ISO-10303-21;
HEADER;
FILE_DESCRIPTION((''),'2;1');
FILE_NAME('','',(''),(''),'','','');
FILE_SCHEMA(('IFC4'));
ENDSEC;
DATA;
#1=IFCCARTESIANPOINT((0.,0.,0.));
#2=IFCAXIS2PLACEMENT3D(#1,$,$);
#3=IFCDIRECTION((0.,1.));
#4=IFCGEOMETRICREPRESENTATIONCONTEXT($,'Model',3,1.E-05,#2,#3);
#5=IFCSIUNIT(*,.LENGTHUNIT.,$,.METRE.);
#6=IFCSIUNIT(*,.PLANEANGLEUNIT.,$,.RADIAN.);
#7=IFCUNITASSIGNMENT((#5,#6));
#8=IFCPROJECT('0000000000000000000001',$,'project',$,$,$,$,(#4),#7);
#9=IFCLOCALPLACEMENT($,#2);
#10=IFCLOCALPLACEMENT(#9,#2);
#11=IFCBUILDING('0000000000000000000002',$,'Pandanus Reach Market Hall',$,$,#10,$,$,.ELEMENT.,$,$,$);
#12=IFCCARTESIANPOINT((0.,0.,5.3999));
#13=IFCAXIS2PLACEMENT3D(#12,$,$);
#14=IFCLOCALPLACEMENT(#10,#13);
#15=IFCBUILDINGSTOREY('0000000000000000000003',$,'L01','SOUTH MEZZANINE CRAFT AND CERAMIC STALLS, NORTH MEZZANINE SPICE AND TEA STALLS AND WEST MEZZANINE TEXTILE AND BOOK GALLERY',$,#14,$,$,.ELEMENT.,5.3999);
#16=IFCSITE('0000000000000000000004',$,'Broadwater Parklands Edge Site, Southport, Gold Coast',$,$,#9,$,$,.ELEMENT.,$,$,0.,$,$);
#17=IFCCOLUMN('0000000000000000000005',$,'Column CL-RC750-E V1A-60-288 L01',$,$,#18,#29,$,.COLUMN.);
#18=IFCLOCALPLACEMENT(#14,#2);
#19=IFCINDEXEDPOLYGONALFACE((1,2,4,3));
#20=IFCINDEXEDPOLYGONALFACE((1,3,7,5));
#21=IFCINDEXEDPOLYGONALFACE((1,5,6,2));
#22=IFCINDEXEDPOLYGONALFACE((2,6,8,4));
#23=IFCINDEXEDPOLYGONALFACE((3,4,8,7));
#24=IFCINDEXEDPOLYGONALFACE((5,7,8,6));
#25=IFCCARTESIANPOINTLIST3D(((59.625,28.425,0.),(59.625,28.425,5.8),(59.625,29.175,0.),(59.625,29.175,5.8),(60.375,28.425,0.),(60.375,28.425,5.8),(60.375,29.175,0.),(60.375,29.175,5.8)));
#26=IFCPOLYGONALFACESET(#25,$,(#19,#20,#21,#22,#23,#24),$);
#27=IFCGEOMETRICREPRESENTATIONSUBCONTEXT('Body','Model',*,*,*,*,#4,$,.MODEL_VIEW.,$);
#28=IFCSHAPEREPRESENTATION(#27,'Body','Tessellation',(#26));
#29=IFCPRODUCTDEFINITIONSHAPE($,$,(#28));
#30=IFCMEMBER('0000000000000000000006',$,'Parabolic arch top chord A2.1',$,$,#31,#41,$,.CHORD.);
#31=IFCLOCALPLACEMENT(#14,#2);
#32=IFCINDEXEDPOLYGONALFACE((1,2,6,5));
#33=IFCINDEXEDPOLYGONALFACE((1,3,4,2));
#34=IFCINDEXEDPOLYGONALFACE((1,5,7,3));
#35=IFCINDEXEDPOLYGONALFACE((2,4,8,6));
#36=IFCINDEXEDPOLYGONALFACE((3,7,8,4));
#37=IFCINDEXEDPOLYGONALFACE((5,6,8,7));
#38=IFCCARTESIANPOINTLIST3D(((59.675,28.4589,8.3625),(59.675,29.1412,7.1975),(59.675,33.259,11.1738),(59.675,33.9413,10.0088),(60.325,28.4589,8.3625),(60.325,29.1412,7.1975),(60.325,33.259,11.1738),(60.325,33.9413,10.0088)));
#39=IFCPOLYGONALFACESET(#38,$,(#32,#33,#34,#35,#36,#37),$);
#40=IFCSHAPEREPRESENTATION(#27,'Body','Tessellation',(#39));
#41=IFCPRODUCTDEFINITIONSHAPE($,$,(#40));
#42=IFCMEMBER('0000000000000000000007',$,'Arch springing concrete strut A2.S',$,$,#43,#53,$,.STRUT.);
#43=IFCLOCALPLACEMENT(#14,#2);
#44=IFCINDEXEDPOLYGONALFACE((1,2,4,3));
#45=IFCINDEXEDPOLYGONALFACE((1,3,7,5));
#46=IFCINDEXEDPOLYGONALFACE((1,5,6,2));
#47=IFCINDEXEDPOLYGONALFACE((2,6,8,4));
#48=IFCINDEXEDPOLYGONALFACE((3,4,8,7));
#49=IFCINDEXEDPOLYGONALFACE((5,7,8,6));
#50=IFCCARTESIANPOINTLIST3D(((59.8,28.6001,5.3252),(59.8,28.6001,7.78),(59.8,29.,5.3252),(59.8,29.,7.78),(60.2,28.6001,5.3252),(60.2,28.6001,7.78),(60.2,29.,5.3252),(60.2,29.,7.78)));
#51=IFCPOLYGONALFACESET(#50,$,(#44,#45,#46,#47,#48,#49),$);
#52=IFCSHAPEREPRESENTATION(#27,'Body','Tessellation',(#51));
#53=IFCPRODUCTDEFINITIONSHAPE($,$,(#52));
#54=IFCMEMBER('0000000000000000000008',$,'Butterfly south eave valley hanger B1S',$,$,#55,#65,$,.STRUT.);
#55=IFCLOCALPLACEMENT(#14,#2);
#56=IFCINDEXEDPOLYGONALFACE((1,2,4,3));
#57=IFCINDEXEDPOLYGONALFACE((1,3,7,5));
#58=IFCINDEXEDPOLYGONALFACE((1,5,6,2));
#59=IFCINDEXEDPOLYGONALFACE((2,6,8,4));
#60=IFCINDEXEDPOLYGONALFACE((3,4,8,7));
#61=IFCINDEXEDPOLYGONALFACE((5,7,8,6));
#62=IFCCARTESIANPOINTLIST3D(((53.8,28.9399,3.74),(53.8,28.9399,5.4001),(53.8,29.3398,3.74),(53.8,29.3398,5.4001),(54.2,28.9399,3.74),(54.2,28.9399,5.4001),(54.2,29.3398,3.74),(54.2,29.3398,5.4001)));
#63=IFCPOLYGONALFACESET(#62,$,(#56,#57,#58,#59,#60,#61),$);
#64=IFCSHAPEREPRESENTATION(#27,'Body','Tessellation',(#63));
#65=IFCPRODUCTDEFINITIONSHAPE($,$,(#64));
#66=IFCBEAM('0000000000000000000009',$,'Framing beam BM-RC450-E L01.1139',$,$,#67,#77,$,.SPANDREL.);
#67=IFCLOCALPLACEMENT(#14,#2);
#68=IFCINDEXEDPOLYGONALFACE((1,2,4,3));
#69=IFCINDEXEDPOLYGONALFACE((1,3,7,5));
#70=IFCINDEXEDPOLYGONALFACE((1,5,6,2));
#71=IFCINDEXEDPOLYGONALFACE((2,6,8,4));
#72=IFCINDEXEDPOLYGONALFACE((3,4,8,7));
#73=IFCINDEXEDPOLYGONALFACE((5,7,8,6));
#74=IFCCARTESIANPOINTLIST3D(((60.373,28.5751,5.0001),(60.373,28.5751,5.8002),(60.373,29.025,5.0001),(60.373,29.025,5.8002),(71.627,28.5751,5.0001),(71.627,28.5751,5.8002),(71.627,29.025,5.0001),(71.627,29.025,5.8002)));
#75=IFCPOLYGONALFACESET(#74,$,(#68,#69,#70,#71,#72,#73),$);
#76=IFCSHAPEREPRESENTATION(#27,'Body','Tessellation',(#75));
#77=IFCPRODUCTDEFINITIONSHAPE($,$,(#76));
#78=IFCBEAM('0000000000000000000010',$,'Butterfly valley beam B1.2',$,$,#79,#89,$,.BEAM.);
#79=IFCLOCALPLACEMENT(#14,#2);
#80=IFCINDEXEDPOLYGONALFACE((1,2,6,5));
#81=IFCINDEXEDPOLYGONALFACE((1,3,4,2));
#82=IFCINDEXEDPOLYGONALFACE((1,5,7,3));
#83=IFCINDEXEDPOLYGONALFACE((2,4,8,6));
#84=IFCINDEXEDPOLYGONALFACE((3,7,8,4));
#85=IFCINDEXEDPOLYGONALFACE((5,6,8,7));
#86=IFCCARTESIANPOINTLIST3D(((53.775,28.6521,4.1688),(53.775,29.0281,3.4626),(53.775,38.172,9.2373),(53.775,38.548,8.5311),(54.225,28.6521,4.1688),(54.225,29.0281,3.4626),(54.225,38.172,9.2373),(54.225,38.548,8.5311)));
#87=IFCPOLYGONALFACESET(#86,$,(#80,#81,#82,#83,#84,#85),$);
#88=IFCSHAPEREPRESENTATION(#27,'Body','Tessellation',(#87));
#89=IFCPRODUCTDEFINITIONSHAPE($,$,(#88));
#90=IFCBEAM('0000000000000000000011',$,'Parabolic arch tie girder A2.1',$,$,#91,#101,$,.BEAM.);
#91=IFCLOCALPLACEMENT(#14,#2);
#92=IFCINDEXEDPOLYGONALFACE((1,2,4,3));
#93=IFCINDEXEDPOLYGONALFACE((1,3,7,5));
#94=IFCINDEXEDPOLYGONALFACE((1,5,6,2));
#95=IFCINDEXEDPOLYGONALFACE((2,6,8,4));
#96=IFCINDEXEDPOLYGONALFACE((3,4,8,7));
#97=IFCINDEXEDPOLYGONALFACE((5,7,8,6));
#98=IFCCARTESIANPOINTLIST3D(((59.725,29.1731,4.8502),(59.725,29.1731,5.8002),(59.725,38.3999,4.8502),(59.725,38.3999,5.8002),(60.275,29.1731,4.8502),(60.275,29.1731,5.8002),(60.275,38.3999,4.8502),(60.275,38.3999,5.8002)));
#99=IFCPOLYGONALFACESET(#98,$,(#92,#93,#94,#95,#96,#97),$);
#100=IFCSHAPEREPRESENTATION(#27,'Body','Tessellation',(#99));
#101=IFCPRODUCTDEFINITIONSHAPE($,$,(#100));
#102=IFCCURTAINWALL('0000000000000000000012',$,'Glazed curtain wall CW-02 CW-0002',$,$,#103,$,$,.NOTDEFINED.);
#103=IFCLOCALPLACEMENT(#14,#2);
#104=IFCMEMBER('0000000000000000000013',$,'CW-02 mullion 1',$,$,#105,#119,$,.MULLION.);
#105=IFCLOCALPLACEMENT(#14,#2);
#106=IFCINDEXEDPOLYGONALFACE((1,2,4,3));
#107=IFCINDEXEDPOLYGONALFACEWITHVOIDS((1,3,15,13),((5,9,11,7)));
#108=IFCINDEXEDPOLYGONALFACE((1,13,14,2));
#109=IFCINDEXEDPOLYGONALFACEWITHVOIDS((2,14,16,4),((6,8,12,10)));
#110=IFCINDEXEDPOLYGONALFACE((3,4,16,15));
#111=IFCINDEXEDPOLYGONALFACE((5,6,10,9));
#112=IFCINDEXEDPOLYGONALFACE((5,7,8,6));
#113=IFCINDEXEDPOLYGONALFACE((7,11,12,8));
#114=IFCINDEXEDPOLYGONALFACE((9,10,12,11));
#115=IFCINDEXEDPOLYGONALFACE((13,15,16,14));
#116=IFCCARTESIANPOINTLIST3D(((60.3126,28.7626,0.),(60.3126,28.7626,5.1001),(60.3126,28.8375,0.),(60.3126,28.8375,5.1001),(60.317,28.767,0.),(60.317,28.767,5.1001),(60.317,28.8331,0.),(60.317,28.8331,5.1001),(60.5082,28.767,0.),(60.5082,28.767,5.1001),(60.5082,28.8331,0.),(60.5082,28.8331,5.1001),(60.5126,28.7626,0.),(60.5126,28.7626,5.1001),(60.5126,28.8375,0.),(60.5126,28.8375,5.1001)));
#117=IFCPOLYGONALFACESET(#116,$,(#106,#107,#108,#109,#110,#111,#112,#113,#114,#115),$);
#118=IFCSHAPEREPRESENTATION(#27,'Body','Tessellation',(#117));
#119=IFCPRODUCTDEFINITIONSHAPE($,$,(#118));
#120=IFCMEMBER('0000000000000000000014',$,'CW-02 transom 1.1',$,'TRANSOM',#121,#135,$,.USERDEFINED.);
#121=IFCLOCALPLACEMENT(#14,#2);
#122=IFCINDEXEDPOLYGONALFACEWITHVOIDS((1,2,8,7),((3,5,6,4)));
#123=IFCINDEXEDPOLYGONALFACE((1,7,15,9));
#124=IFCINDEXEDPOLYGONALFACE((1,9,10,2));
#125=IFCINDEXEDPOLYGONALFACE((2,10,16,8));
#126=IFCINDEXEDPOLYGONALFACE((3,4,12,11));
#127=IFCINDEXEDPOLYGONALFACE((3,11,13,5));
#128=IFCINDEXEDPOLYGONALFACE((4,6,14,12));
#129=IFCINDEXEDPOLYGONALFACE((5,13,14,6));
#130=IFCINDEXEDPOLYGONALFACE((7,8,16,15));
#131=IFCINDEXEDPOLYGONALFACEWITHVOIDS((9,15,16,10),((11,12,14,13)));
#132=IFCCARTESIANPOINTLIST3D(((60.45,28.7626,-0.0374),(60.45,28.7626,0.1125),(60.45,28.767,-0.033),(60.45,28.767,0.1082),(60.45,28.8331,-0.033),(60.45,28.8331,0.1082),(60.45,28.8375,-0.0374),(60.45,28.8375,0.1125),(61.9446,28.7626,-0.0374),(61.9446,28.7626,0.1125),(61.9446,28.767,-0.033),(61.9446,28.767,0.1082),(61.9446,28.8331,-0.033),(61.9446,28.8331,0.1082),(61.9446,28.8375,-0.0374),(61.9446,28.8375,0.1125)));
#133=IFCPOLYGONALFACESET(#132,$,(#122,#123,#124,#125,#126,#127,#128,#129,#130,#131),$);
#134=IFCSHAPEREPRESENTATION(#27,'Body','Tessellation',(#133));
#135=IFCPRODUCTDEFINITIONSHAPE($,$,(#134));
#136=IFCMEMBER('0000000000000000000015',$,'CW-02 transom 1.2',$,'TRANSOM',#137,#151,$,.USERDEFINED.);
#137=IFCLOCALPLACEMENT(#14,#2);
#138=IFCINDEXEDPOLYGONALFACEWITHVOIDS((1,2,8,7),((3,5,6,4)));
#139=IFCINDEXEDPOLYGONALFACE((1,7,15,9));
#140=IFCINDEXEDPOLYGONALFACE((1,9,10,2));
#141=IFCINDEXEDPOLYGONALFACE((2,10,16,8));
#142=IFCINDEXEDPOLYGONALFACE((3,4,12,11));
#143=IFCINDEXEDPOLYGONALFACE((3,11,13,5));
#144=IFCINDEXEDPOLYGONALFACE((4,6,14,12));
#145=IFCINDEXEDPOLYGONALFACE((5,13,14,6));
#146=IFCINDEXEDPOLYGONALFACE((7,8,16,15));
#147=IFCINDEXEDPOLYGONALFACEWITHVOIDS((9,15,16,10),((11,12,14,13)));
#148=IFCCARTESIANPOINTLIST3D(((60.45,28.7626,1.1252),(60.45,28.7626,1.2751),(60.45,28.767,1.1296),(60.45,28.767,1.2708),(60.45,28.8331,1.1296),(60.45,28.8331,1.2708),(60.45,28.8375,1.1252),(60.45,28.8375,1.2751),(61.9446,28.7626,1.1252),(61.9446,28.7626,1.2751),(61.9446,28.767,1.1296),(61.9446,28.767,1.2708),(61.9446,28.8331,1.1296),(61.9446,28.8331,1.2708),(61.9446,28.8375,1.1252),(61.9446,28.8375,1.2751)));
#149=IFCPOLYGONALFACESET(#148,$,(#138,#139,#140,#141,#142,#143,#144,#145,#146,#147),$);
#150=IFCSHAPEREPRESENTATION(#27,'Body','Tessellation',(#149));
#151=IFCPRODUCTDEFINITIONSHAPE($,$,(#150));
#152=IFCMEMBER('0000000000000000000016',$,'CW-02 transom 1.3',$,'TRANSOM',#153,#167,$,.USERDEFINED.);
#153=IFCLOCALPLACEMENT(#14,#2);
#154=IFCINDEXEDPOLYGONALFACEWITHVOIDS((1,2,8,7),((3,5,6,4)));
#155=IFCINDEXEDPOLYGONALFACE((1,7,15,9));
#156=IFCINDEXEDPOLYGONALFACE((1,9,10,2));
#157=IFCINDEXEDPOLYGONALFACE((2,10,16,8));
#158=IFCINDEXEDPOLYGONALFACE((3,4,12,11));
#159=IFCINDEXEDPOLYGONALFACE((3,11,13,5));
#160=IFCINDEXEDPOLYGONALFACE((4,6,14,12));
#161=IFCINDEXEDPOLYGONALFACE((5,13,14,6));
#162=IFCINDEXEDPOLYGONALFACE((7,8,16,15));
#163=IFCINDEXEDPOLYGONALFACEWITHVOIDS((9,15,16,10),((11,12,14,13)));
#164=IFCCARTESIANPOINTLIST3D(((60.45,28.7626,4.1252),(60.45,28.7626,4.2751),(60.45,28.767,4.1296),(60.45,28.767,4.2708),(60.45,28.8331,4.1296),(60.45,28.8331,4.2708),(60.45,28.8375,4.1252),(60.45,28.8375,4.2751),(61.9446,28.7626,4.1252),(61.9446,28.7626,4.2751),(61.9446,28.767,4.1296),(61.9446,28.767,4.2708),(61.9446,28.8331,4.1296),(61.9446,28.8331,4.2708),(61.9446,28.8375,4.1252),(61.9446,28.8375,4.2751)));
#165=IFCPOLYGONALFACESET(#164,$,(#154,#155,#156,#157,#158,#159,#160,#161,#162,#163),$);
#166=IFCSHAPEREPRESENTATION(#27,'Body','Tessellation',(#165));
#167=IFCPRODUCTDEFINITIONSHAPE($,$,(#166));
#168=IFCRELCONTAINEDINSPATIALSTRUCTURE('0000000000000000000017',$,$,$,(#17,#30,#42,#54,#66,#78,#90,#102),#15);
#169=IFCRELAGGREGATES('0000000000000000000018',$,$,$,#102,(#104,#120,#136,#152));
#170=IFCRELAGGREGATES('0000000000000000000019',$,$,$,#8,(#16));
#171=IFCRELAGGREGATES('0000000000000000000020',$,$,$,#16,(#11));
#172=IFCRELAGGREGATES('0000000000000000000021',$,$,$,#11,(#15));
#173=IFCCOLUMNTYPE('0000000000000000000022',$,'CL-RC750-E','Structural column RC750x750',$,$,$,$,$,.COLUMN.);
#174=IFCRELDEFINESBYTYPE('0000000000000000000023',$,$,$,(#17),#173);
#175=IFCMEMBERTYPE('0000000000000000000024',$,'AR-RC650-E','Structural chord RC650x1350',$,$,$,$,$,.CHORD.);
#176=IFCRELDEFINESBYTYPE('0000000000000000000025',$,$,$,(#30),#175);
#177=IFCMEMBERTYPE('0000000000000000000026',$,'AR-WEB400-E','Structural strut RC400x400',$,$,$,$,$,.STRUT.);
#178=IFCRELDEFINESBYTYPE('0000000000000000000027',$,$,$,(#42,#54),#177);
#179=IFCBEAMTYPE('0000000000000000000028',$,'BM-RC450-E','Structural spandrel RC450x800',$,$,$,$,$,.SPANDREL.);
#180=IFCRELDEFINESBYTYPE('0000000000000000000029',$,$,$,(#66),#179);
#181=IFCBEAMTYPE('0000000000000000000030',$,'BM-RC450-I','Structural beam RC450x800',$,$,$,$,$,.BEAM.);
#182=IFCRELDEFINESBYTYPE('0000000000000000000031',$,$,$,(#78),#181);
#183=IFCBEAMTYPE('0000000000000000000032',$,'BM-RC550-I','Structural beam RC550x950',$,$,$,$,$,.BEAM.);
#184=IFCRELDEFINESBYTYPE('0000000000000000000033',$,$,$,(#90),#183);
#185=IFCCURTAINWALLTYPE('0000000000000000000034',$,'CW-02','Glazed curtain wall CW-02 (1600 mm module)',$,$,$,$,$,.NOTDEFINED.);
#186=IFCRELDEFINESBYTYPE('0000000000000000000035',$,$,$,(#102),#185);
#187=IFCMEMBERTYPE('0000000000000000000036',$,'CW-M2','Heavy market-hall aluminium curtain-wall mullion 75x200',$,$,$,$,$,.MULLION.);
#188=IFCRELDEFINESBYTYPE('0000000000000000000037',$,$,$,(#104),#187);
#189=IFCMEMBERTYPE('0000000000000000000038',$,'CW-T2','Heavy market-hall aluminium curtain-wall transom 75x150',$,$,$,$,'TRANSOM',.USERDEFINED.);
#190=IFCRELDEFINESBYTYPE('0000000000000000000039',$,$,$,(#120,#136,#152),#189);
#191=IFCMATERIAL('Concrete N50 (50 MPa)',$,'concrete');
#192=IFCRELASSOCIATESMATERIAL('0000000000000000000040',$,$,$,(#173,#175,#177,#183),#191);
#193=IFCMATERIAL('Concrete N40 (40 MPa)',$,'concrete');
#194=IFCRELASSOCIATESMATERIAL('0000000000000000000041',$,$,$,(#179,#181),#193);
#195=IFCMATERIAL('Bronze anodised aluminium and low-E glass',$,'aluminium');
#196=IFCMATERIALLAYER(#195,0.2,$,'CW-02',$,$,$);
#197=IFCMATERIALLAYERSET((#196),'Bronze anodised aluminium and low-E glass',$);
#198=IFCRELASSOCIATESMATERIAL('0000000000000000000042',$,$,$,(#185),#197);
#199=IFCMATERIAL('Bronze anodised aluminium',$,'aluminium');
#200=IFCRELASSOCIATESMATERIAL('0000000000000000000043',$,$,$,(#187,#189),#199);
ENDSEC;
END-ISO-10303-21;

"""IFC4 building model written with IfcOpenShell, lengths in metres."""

from ifc_helpers import new_model, si_unit, direction, frame, origin, origin_2d, place, context, subcontext, project, spatial, rectangle, hollow_rectangle, extrude, material, layer, layer_set, material_profile, profile_set, type_object, element, aggregate, save


model = new_model("IFC4")

# Units and contexts
model_context = context("Model", 3, precision=1e-05, world=origin(), true_north=direction((0.0, 1.0)))
body_context = subcontext(model_context, "Body", "Model", "MODEL_VIEW")
ifc_project = project(units=[si_unit("LENGTHUNIT", "METRE"), si_unit("PLANEANGLEUNIT", "RADIAN")], contexts=[model_context])

# Site, building, storey
site_placement = place(None, origin())
site = spatial("IfcSite", under=ifc_project, at=site_placement, Name="Broadwater Parklands Edge Site, Southport, Gold Coast", CompositionType="ELEMENT", RefElevation=0.0)
building_placement = place(site_placement, origin())
building = spatial("IfcBuilding", under=site, at=building_placement, Name="Pandanus Reach Market Hall", CompositionType="ELEMENT")
storey_placement = place(building_placement, frame((0.0, 0.0, 5.3999)))
storey = spatial("IfcBuildingStorey", under=building, at=storey_placement, Name="L01", Description="SOUTH MEZZANINE CRAFT AND CERAMIC STALLS, NORTH MEZZANINE SPICE AND TEA STALLS AND WEST MEZZANINE TEXTILE AND BOOK GALLERY", CompositionType="ELEMENT", Elevation=5.3999)

# Column
ifc_material_1 = material(Name="Concrete N50 (50 MPa)", Category="concrete")
ifc_material_profile_1 = material_profile(ifc_material_1, rectangle(XDim=0.75, YDim=0.75, at=origin_2d()), Name="RC750x750", Category="LoadBearing")
ifc_profile_set_1 = profile_set([ifc_material_profile_1], Name="Concrete N50 (50 MPa)")
column_type = type_object("IfcColumnType", Name="CL-RC750-E", Description="Structural column RC750x750", PredefinedType="COLUMN", material=ifc_profile_set_1)
column_placement = place(storey_placement, frame((60.0, 28.8, 0.0), z_axis=(0.0, 0.0, 1.0), x_axis=(1.0, 0.0, 0.0)))
element("IfcColumn", 1, at=column_placement, inside=storey, type_object=column_type, Name="Column CL-RC750-E V1A-60-288 L01", PredefinedType="COLUMN", context=body_context, shape_type="SweptSolid", body=[
    extrude(rectangle(XDim=0.75, YDim=0.75, at=origin_2d()), origin(), (0.0, 0.0, 1.0), 5.8),
])

# Members
ifc_material_profile_2 = material_profile(ifc_material_1, rectangle(XDim=0.6499, YDim=1.3501, at=origin_2d()), Name="RC650x1350", Category="LoadBearing")
ifc_profile_set_2 = profile_set([ifc_material_profile_2], Name="Concrete N50 (50 MPa)")
member_type_1 = type_object("IfcMemberType", Name="AR-RC650-E", Description="Structural chord RC650x1350", PredefinedType="CHORD", material=ifc_profile_set_2)
member_1_placement = place(storey_placement, frame((60.0, 28.8, 7.78), z_axis=(0.0, 0.862897, 0.505379), x_axis=(-1.0, 0.0, 0.0)))
element("IfcMember", 2, at=member_1_placement, inside=storey, type_object=member_type_1, Name="Parabolic arch top chord A2.1", PredefinedType="CHORD", context=body_context, shape_type="SweptSolid", body=[
    extrude(rectangle(XDim=0.6499, YDim=1.3501, at=origin_2d()), origin(), (0.0, 0.0, 1.0), 5.5627),
])
ifc_material_profile_3 = material_profile(ifc_material_1, rectangle(XDim=0.3999, YDim=0.3999, at=origin_2d()), Name="RC400x400", Category="LoadBearing")
ifc_profile_set_3 = profile_set([ifc_material_profile_3], Name="Concrete N50 (50 MPa)")
member_type_2 = type_object("IfcMemberType", Name="AR-WEB400-E", Description="Structural strut RC400x400", PredefinedType="STRUT", material=ifc_profile_set_3)
member_2_placement = place(storey_placement, frame((60.0, 28.8, 5.3252), z_axis=(0.0, 0.0, 1.0), x_axis=(1.0, 0.0, 0.0)))
element("IfcMember", 3, at=member_2_placement, inside=storey, type_object=member_type_2, Name="Arch springing concrete strut A2.S", PredefinedType="STRUT", context=body_context, shape_type="SweptSolid", body=[
    extrude(rectangle(XDim=0.3999, YDim=0.3999, at=origin_2d()), origin(), (0.0, 0.0, 1.0), 2.4548),
])
member_3_placement = place(storey_placement, frame((54.0, 29.1399, 3.74), z_axis=(0.0, 0.0, 1.0), x_axis=(1.0, 0.0, 0.0)))
element("IfcMember", 4, at=member_3_placement, inside=storey, type_object=member_type_2, Name="Butterfly south eave valley hanger B1S", PredefinedType="STRUT", context=body_context, shape_type="SweptSolid", body=[
    extrude(rectangle(XDim=0.3999, YDim=0.3999, at=origin_2d()), origin(), (0.0, 0.0, 1.0), 1.6602),
])

# Beams
ifc_material_2 = material(Name="Concrete N40 (40 MPa)", Category="concrete")
ifc_material_profile_4 = material_profile(ifc_material_2, rectangle(XDim=0.45, YDim=0.8, at=origin_2d()), Name="RC450x800", Category="LoadBearing")
ifc_profile_set_4 = profile_set([ifc_material_profile_4], Name="Concrete N40 (40 MPa)")
beam_type_1 = type_object("IfcBeamType", Name="BM-RC450-E", Description="Structural spandrel RC450x800", PredefinedType="SPANDREL", material=ifc_profile_set_4)
beam_1_placement = place(storey_placement, frame((60.373, 28.8, 5.4001), z_axis=(1.0, 0.0, 0.0), x_axis=(0.0, 1.0, 0.0)))
element("IfcBeam", 5, at=beam_1_placement, inside=storey, type_object=beam_type_1, Name="Framing beam BM-RC450-E L01.1139", PredefinedType="SPANDREL", context=body_context, shape_type="SweptSolid", body=[
    extrude(rectangle(XDim=0.45, YDim=0.8, at=origin_2d()), origin(), (0.0, 0.0, 1.0), 11.2539),
])
ifc_material_profile_5 = material_profile(ifc_material_2, rectangle(XDim=0.45, YDim=0.8, at=origin_2d()), Name="RC450x800", Category="LoadBearing")
ifc_profile_set_5 = profile_set([ifc_material_profile_5], Name="Concrete N40 (40 MPa)")
beam_type_2 = type_object("IfcBeamType", Name="BM-RC450-I", Description="Structural beam RC450x800", PredefinedType="BEAM", material=ifc_profile_set_5)
beam_2_placement = place(storey_placement, frame((54.0, 28.8401, 3.8157), z_axis=(0.0, 0.882689, 0.469957), x_axis=(-1.0, 0.0, 0.0)))
element("IfcBeam", 6, at=beam_2_placement, inside=storey, type_object=beam_type_2, Name="Butterfly valley beam B1.2", PredefinedType="BEAM", context=body_context, shape_type="SweptSolid", body=[
    extrude(rectangle(XDim=0.45, YDim=0.8, at=origin_2d()), origin(), (0.0, 0.0, 1.0), 10.7852),
])
ifc_material_profile_6 = material_profile(ifc_material_1, rectangle(XDim=0.55, YDim=0.95, at=origin_2d()), Name="RC550x950", Category="LoadBearing")
ifc_profile_set_6 = profile_set([ifc_material_profile_6], Name="Concrete N50 (50 MPa)")
beam_type_3 = type_object("IfcBeamType", Name="BM-RC550-I", Description="Structural beam RC550x950", PredefinedType="BEAM", material=ifc_profile_set_6)
beam_3_placement = place(storey_placement, frame((60.0, 29.1731, 5.3252), z_axis=(0.0, 1.0, 0.0), x_axis=(-1.0, 0.0, 0.0)))
element("IfcBeam", 7, at=beam_3_placement, inside=storey, type_object=beam_type_3, Name="Parabolic arch tie girder A2.1", PredefinedType="BEAM", context=body_context, shape_type="SweptSolid", body=[
    extrude(rectangle(XDim=0.55, YDim=0.95, at=origin_2d()), origin(), (0.0, 0.0, 1.0), 9.2268),
])

# Curtain wall, members
ifc_material_3 = material(Name="Bronze anodised aluminium and low-E glass", Category="aluminium")
ifc_layer_1 = layer(ifc_material_3, 0.2, Name="CW-02")
ifc_layer_set_1 = layer_set([ifc_layer_1], Name="Bronze anodised aluminium and low-E glass")
curtain_wall_type = type_object("IfcCurtainWallType", Name="CW-02", Description="Glazed curtain wall CW-02 (1600 mm module)", PredefinedType="NOTDEFINED", material=ifc_layer_set_1)
curtain_wall_placement = place(storey_placement, origin())
curtain_wall = element("IfcCurtainWall", 8, at=curtain_wall_placement, inside=storey, type_object=curtain_wall_type, Name="Glazed curtain wall CW-02 CW-0002", PredefinedType="NOTDEFINED")
ifc_material_4 = material(Name="Bronze anodised aluminium", Category="aluminium")
ifc_material_profile_7 = material_profile(ifc_material_4, hollow_rectangle(XDim=0.075, YDim=0.2, WallThickness=0.0044, at=origin_2d()), Name="ALU75x200", Category="LoadBearing")
ifc_profile_set_7 = profile_set([ifc_material_profile_7], Name="Bronze anodised aluminium")
member_type_3 = type_object("IfcMemberType", Name="CW-M2", Description="Heavy market-hall aluminium curtain-wall mullion 75x200", PredefinedType="MULLION", material=ifc_profile_set_7)
member_4_placement = place(storey_placement, frame((60.4126, 28.8, 0.0), z_axis=(0.0, 0.0, 1.0), x_axis=(0.0, 1.0, 0.0)))
member_4 = element("IfcMember", 9, at=member_4_placement, type_object=member_type_3, Name="CW-02 mullion 1", PredefinedType="MULLION", context=body_context, shape_type="SweptSolid", body=[
    extrude(hollow_rectangle(XDim=0.075, YDim=0.2, WallThickness=0.0044, at=origin_2d()), origin(), (0.0, 0.0, 1.0), 5.1001),
])
ifc_material_profile_8 = material_profile(ifc_material_4, hollow_rectangle(XDim=0.075, YDim=0.1499, WallThickness=0.0044, at=origin_2d()), Name="ALU75x150", Category="LoadBearing")
ifc_profile_set_8 = profile_set([ifc_material_profile_8], Name="Bronze anodised aluminium")
member_type_4 = type_object("IfcMemberType", Name="CW-T2", Description="Heavy market-hall aluminium curtain-wall transom 75x150", ElementType="TRANSOM", PredefinedType="USERDEFINED", material=ifc_profile_set_8)
member_5_placement = place(storey_placement, frame((60.45, 28.8, 0.0376), z_axis=(1.0, 0.0, 0.0), x_axis=(0.0, 1.0, 0.0)))
member_5 = element("IfcMember", 10, at=member_5_placement, type_object=member_type_4, Name="CW-02 transom 1.1", ObjectType="TRANSOM", PredefinedType="USERDEFINED", context=body_context, shape_type="SweptSolid", body=[
    extrude(hollow_rectangle(XDim=0.075, YDim=0.1499, WallThickness=0.0044, at=origin_2d()), origin(), (0.0, 0.0, 1.0), 1.4946),
])
member_6_placement = place(storey_placement, frame((60.45, 28.8, 1.2002), z_axis=(1.0, 0.0, 0.0), x_axis=(0.0, 1.0, 0.0)))
member_6 = element("IfcMember", 11, at=member_6_placement, type_object=member_type_4, Name="CW-02 transom 1.2", ObjectType="TRANSOM", PredefinedType="USERDEFINED", context=body_context, shape_type="SweptSolid", body=[
    extrude(hollow_rectangle(XDim=0.075, YDim=0.1499, WallThickness=0.0044, at=origin_2d()), origin(), (0.0, 0.0, 1.0), 1.4946),
])
member_7_placement = place(storey_placement, frame((60.45, 28.8, 4.2002), z_axis=(1.0, 0.0, 0.0), x_axis=(0.0, 1.0, 0.0)))
member_7 = element("IfcMember", 12, at=member_7_placement, type_object=member_type_4, Name="CW-02 transom 1.3", ObjectType="TRANSOM", PredefinedType="USERDEFINED", context=body_context, shape_type="SweptSolid", body=[
    extrude(hollow_rectangle(XDim=0.075, YDim=0.1499, WallThickness=0.0044, at=origin_2d()), origin(), (0.0, 0.0, 1.0), 1.4946),
])

aggregate(curtain_wall, [member_4, member_5, member_6, member_7])

save(model, "model.ifc")
